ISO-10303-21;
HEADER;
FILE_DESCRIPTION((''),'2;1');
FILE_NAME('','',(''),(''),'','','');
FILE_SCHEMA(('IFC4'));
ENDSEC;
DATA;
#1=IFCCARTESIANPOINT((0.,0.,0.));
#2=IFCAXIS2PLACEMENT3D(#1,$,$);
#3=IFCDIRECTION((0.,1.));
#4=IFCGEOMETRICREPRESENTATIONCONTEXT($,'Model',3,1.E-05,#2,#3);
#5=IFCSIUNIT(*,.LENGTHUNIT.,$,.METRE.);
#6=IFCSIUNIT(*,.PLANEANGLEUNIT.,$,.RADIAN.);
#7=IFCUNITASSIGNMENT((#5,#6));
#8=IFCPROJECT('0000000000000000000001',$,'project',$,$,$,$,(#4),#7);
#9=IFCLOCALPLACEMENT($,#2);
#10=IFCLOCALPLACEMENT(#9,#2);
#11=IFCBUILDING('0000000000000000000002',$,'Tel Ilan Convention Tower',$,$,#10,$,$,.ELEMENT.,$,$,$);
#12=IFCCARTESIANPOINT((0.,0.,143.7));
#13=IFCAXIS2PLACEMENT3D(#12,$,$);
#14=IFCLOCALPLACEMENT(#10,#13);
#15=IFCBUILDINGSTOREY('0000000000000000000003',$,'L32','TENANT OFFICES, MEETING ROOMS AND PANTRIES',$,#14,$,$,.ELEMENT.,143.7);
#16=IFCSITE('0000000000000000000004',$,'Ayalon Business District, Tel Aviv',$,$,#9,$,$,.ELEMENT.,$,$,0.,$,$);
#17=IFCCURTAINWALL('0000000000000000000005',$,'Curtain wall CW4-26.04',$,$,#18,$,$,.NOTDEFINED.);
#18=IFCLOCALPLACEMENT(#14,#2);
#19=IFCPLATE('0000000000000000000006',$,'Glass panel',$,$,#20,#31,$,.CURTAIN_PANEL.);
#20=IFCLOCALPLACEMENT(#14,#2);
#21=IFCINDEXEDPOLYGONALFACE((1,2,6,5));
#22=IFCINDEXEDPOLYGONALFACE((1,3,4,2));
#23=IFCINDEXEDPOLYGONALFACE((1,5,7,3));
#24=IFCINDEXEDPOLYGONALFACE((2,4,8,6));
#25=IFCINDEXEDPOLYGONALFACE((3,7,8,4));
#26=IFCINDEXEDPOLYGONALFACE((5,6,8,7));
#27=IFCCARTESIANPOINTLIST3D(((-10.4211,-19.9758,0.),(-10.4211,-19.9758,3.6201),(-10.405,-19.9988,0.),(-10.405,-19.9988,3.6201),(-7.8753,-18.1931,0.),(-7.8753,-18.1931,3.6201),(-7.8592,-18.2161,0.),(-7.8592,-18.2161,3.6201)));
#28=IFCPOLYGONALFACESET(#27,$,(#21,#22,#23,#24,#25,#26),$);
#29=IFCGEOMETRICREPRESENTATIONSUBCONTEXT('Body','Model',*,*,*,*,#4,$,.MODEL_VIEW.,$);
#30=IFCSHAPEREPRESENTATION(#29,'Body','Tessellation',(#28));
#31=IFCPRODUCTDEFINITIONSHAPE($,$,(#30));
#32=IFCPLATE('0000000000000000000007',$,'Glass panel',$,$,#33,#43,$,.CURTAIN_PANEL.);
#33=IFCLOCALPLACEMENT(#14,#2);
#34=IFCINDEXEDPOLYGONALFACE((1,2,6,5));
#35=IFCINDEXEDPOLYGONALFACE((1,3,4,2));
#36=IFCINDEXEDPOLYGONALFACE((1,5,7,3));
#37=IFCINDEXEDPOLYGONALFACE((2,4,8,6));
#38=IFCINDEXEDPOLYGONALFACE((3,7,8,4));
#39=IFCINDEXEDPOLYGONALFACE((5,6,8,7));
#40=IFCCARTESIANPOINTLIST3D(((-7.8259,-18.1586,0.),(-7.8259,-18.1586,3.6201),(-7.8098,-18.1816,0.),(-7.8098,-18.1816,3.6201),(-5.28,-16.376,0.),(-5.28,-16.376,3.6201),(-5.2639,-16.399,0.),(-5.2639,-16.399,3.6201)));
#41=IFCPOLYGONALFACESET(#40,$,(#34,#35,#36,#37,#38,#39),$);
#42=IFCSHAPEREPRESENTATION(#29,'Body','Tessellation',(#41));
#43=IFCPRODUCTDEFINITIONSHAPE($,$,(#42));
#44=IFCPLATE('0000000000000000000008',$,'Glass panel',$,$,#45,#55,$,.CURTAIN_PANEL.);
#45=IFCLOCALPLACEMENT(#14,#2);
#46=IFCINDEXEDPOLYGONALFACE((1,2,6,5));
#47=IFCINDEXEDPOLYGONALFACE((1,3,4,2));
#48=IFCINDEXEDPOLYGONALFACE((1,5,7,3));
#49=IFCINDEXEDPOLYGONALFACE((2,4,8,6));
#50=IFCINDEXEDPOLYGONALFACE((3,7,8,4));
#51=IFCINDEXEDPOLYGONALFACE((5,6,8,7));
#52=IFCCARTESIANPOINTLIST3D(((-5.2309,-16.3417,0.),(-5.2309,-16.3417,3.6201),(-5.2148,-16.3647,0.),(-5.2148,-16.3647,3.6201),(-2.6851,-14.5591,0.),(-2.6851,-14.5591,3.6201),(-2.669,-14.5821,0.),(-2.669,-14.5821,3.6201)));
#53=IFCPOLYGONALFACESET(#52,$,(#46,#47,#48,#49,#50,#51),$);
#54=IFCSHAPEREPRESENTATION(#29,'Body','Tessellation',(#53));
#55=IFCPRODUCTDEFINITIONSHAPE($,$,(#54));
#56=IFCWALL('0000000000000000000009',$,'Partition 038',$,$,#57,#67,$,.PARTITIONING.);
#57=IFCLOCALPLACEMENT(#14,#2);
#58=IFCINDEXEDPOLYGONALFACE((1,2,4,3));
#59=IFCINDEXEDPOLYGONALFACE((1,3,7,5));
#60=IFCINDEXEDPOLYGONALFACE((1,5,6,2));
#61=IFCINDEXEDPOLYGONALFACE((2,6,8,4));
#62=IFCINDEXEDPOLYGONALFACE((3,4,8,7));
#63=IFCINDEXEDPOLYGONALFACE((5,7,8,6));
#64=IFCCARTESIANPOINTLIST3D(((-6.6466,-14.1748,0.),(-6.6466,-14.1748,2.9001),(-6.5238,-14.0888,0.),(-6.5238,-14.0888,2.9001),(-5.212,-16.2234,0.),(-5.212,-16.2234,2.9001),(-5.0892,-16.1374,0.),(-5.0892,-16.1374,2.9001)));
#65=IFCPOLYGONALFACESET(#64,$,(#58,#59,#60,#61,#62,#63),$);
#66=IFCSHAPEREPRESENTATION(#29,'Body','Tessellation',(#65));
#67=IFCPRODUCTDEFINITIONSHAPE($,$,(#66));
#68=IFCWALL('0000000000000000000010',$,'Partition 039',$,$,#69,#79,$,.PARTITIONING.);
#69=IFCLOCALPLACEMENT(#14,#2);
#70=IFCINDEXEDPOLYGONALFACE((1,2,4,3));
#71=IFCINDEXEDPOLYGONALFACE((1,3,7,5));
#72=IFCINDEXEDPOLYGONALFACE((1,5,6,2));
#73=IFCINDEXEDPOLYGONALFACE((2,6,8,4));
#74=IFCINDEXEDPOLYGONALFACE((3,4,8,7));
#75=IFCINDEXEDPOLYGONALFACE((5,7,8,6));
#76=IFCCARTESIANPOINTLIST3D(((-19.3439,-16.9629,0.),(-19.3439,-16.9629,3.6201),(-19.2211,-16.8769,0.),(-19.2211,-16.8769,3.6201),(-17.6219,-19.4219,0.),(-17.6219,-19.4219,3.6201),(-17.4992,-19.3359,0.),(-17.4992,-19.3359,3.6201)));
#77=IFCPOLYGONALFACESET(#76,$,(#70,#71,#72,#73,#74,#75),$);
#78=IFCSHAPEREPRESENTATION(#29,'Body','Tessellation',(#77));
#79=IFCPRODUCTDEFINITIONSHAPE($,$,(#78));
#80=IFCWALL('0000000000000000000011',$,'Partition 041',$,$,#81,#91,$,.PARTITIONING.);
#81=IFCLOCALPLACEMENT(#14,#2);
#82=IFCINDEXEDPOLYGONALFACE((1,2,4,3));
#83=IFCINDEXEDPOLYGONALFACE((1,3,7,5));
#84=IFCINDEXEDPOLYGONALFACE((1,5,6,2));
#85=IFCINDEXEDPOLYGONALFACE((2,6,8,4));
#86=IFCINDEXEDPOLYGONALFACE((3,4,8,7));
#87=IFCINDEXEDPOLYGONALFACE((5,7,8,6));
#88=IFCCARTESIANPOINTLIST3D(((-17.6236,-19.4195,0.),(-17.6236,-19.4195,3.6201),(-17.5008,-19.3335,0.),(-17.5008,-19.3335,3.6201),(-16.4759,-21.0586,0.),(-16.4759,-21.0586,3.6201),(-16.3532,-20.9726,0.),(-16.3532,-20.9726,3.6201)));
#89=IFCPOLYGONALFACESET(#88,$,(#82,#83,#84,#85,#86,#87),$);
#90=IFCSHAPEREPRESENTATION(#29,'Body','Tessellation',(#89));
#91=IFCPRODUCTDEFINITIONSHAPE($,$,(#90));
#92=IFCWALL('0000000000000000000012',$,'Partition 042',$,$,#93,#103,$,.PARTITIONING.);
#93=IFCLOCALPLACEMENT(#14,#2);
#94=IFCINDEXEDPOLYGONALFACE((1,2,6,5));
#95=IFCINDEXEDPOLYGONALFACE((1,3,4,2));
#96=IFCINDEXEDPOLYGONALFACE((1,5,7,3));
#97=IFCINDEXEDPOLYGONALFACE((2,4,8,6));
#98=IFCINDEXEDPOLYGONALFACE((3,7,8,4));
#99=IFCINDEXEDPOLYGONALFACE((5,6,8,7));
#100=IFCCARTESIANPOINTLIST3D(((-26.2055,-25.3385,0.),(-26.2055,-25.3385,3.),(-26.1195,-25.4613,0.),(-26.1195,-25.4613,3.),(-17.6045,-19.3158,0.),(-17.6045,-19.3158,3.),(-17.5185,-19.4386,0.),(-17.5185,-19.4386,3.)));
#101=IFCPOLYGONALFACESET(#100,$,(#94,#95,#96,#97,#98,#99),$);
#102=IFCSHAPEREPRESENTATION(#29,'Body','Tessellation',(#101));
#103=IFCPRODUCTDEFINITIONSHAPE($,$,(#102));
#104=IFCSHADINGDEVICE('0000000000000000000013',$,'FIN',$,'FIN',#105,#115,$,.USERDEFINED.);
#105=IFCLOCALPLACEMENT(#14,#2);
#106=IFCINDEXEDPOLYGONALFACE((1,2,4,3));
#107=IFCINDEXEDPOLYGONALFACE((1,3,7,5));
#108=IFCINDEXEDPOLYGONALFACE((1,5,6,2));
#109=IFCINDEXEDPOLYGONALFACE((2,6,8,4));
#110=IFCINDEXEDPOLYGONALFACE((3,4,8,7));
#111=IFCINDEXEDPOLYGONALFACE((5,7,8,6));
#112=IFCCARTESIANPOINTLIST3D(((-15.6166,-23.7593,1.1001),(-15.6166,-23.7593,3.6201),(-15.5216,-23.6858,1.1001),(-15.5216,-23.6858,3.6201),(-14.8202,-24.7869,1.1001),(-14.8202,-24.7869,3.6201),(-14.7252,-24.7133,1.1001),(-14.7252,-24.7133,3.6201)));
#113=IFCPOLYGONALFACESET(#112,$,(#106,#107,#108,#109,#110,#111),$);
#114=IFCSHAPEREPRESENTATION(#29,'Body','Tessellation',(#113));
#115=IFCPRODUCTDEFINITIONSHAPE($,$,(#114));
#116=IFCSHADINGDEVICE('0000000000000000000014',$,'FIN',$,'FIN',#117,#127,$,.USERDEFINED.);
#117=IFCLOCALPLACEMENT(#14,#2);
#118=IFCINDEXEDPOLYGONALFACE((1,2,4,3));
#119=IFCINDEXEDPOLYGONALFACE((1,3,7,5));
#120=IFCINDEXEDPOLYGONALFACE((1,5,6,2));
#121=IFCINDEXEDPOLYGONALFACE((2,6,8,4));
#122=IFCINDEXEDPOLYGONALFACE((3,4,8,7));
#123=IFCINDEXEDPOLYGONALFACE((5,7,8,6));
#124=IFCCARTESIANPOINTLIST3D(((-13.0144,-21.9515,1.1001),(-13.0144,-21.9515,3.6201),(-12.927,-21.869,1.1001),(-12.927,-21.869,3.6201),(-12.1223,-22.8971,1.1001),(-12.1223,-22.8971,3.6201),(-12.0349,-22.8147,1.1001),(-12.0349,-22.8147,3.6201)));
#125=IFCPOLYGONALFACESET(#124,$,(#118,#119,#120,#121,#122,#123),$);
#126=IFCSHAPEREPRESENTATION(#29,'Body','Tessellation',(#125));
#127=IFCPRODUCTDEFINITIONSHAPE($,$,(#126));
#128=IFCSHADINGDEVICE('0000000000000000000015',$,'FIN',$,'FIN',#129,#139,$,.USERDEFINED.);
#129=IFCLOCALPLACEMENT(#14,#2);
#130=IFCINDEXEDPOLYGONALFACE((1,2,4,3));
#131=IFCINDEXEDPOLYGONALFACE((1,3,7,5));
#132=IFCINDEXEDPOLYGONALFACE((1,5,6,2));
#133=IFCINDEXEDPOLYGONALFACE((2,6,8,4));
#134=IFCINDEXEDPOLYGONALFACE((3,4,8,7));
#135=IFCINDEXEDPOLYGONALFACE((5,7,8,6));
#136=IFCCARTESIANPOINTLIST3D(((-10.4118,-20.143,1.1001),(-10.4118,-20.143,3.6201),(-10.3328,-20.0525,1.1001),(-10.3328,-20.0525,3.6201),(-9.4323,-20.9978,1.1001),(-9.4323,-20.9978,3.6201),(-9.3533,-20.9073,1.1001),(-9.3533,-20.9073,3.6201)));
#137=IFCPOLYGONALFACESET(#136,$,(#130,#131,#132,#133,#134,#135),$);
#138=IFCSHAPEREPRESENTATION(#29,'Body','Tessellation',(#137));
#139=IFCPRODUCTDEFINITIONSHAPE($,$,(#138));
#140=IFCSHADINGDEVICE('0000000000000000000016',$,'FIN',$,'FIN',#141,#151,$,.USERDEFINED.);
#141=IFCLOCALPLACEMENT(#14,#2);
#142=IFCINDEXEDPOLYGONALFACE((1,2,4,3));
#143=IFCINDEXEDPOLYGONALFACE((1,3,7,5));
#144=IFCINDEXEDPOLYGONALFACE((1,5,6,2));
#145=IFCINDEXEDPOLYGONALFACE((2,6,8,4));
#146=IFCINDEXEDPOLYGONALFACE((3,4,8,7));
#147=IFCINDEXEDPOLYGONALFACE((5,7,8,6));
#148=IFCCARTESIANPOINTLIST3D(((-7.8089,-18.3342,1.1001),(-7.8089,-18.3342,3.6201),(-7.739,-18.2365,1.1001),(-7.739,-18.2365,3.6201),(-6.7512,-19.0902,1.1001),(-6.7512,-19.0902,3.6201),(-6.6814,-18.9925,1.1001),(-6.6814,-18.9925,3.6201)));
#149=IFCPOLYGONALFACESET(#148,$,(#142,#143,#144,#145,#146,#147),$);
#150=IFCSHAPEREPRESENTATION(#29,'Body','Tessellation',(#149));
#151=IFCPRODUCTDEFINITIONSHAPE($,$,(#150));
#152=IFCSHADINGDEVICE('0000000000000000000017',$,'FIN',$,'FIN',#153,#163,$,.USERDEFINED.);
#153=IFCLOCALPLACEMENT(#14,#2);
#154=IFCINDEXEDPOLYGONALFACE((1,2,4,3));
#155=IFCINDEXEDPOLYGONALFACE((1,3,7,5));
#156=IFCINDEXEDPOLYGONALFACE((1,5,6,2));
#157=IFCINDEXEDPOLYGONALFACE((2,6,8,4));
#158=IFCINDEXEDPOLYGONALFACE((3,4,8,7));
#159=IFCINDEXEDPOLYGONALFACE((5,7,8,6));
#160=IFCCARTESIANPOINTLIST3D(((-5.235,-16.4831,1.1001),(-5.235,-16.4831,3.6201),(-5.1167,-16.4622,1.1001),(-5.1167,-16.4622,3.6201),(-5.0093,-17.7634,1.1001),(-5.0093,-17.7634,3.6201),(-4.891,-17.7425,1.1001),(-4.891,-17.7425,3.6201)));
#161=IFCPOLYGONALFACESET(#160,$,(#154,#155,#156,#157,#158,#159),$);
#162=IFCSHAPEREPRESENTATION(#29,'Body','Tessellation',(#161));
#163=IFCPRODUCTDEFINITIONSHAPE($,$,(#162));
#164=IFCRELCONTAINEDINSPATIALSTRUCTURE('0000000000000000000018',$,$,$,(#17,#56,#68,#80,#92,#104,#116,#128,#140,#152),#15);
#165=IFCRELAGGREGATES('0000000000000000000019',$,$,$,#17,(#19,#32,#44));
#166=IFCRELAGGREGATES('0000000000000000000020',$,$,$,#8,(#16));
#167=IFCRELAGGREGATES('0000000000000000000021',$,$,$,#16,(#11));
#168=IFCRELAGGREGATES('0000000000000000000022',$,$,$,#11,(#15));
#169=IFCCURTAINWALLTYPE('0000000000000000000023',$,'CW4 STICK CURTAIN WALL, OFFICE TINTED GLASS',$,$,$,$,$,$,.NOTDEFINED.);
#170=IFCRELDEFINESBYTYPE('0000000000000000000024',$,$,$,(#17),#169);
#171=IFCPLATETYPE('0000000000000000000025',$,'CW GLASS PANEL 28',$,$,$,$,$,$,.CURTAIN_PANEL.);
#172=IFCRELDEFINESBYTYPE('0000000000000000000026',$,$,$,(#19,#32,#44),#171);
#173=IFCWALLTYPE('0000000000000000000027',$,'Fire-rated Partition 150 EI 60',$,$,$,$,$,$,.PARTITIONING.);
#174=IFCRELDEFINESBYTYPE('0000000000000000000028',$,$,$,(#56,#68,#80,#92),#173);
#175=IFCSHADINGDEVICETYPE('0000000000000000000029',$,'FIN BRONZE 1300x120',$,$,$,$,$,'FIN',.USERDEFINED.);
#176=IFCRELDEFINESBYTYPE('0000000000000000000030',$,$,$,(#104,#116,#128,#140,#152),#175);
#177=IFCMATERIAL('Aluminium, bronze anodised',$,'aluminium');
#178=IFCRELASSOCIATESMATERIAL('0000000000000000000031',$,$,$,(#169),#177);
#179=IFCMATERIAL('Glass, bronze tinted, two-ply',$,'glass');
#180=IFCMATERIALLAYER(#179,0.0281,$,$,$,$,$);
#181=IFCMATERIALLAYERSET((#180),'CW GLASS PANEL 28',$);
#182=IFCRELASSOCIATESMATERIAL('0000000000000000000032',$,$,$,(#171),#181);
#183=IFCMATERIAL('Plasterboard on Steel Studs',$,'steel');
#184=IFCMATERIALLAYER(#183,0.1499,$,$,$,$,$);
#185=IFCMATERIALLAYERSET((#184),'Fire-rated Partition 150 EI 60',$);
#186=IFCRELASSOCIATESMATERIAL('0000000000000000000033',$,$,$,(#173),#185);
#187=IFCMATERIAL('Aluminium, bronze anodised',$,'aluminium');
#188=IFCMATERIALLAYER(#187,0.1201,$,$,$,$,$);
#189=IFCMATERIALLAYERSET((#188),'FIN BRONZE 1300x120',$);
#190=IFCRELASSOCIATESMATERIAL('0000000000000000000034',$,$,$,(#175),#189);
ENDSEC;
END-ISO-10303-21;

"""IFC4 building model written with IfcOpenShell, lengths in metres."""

from ifc_helpers import new_model, si_unit, direction, frame, frame_2d, origin, origin_2d, place, context, subcontext, project, spatial, rectangle, extrude, material, layer, layer_set, type_object, element, aggregate, save


model = new_model("IFC4")

# Units and contexts
model_context = context("Model", 3, precision=1e-05, world=origin(), true_north=direction((0.0, 1.0)))
body_context = subcontext(model_context, "Body", "Model", "MODEL_VIEW")
ifc_project = project(units=[si_unit("LENGTHUNIT", "METRE"), si_unit("PLANEANGLEUNIT", "RADIAN")], contexts=[model_context])

# Site, building, storey
site_placement = place(None, origin())
site = spatial("IfcSite", under=ifc_project, at=site_placement, Name="Ayalon Business District, Tel Aviv", CompositionType="ELEMENT", RefElevation=0.0)
building_placement = place(site_placement, origin())
building = spatial("IfcBuilding", under=site, at=building_placement, Name="Tel Ilan Convention Tower", CompositionType="ELEMENT")
storey_placement = place(building_placement, frame((0.0, 0.0, 143.7)))
storey = spatial("IfcBuildingStorey", under=building, at=storey_placement, Name="L32", Description="TENANT OFFICES, MEETING ROOMS AND PANTRIES", CompositionType="ELEMENT", Elevation=143.7)

# Curtain wall, plates
ifc_material_1 = material(Name="Aluminium, bronze anodised", Category="aluminium")
curtain_wall_type = type_object("IfcCurtainWallType", Name="CW4 STICK CURTAIN WALL, OFFICE TINTED GLASS", PredefinedType="NOTDEFINED", material=ifc_material_1)
curtain_wall_placement = place(storey_placement, origin())
curtain_wall = element("IfcCurtainWall", 1, at=curtain_wall_placement, inside=storey, type_object=curtain_wall_type, Name="Curtain wall CW4-26.04", PredefinedType="NOTDEFINED")
ifc_material_2 = material(Name="Glass, bronze tinted, two-ply", Category="glass")
ifc_layer_1 = layer(ifc_material_2, 0.0281)
ifc_layer_set_1 = layer_set([ifc_layer_1], Name="CW GLASS PANEL 28")
plate_type = type_object("IfcPlateType", Name="CW GLASS PANEL 28", PredefinedType="CURTAIN_PANEL", material=ifc_layer_set_1)
plate_1_placement = place(storey_placement, frame((-9.1401, -19.0959, 0.0), z_axis=(0.0, 0.0, 1.0), x_axis=(0.819152, 0.573576, 0.0)))
plate_1 = element("IfcPlate", 2, at=plate_1_placement, type_object=plate_type, Name="Glass panel", PredefinedType="CURTAIN_PANEL", context=body_context, shape_type="SweptSolid", body=[
    extrude(rectangle(XDim=3.1079, YDim=0.0281, at=origin_2d()), origin(), (0.0, 0.0, 1.0), 3.6201),
])
plate_2_placement = place(storey_placement, frame((-6.5449, -17.2788, 0.0), z_axis=(0.0, 0.0, 1.0), x_axis=(0.819152, 0.573576, 0.0)))
plate_2 = element("IfcPlate", 3, at=plate_2_placement, type_object=plate_type, Name="Glass panel", PredefinedType="CURTAIN_PANEL", context=body_context, shape_type="SweptSolid", body=[
    extrude(rectangle(XDim=3.1079, YDim=0.0281, at=origin_2d()), origin(), (0.0, 0.0, 1.0), 3.6201),
])
plate_3_placement = place(storey_placement, frame((-3.95, -15.4619, 0.0), z_axis=(0.0, 0.0, 1.0), x_axis=(0.819152, 0.573576, 0.0)))
plate_3 = element("IfcPlate", 4, at=plate_3_placement, type_object=plate_type, Name="Glass panel", PredefinedType="CURTAIN_PANEL", context=body_context, shape_type="SweptSolid", body=[
    extrude(rectangle(XDim=3.1079, YDim=0.0281, at=origin_2d()), origin(), (0.0, 0.0, 1.0), 3.6201),
])
aggregate(curtain_wall, [plate_1, plate_2, plate_3])

# Walls
ifc_material_3 = material(Name="Plasterboard on Steel Studs", Category="steel")
ifc_layer_2 = layer(ifc_material_3, 0.1499)
ifc_layer_set_2 = layer_set([ifc_layer_2], Name="Fire-rated Partition 150 EI 60")
wall_type = type_object("IfcWallType", Name="Fire-rated Partition 150 EI 60", PredefinedType="PARTITIONING", material=ifc_layer_set_2)
wall_1_placement = place(storey_placement, frame((-5.1506, -16.1804, 0.0), z_axis=(0.0, 0.0, 1.0), x_axis=(-0.573613, 0.819126, 0.0)))
element("IfcWall", 5, at=wall_1_placement, inside=storey, type_object=wall_type, Name="Partition 038", PredefinedType="PARTITIONING", context=body_context, shape_type="SweptSolid", body=[
    extrude(rectangle(XDim=2.501, YDim=0.1499, at=frame_2d((1.2505, 0.0))), origin(), (0.0, 0.0, 1.0), 2.9001),
])
wall_2_placement = place(storey_placement, frame((-17.5605, -19.3789, 0.0), z_axis=(0.0, 0.0, 1.0), x_axis=(-0.573604, 0.819133, 0.0)))
element("IfcWall", 6, at=wall_2_placement, inside=storey, type_object=wall_type, Name="Partition 039", PredefinedType="PARTITIONING", context=body_context, shape_type="SweptSolid", body=[
    extrude(rectangle(XDim=3.002, YDim=0.1499, at=frame_2d((1.501, 0.0))), origin(), (0.0, 0.0, 1.0), 3.6201),
])
wall_3_placement = place(storey_placement, frame((-16.4146, -21.0156, 0.0), z_axis=(0.0, 0.0, 1.0), x_axis=(-0.573561, 0.819163, 0.0)))
element("IfcWall", 7, at=wall_3_placement, inside=storey, type_object=wall_type, Name="Partition 041", PredefinedType="PARTITIONING", context=body_context, shape_type="SweptSolid", body=[
    extrude(rectangle(XDim=2.001, YDim=0.1499, at=frame_2d((1.0005, 0.0))), origin(), (0.0, 0.0, 1.0), 3.6201),
])
wall_4_placement = place(storey_placement, frame((-17.5615, -19.3772, 0.0), z_axis=(0.0, 0.0, 1.0), x_axis=(-0.819145, -0.573587, 0.0)))
element("IfcWall", 8, at=wall_4_placement, inside=storey, type_object=wall_type, Name="Partition 042", PredefinedType="PARTITIONING", context=body_context, shape_type="SweptSolid", body=[
    extrude(rectangle(XDim=10.5, YDim=0.1499, at=frame_2d((5.25, 0.0))), origin(), (0.0, 0.0, 1.0), 3.0),
])

# Shading devices
ifc_material_4 = material(Name="Aluminium, bronze anodised", Category="aluminium")
ifc_layer_3 = layer(ifc_material_4, 0.1201)
ifc_layer_set_3 = layer_set([ifc_layer_3], Name="FIN BRONZE 1300x120")
shading_device_type = type_object("IfcShadingDeviceType", Name="FIN BRONZE 1300x120", ElementType="FIN", PredefinedType="USERDEFINED", material=ifc_layer_set_3)
for number, where, z_axis, x_axis, name in (
    (9, (-15.1709, -24.2363, 1.1001), (0.0, 0.0, 1.0), (0.612601, -0.790393, 0.0), "FIN"),
    (10, (-12.5247, -22.3831, 1.1001), (0.0, 0.0, 1.0), (0.686242, -0.727374, 0.0), "FIN"),
    (11, (-9.8826, -20.5251, 1.1001), (0.0, 0.0, 1.0), (0.753436, -0.657521, 0.0), "FIN"),
    (12, (-7.2451, -18.6633, 1.1001), (0.0, 0.0, 1.0), (0.813552, -0.581492, 0.0), "FIN"),
    (13, (-5.063, -17.1128, 1.1001), (0.0, 0.0, 1.0), (0.173648, -0.984808, 0.0), "FIN"),
):
    element("IfcShadingDevice", number, at=place(storey_placement, frame(where, z_axis=z_axis, x_axis=x_axis)), inside=storey, type_object=shading_device_type, Name=name, ObjectType="FIN", PredefinedType="USERDEFINED", context=body_context, shape_type="SweptSolid", body=[
        extrude(rectangle(XDim=1.3, YDim=0.1201, at=origin_2d()), origin(), (0.0, 0.0, 1.0), 2.52),
    ])

save(model, "model.ifc")
